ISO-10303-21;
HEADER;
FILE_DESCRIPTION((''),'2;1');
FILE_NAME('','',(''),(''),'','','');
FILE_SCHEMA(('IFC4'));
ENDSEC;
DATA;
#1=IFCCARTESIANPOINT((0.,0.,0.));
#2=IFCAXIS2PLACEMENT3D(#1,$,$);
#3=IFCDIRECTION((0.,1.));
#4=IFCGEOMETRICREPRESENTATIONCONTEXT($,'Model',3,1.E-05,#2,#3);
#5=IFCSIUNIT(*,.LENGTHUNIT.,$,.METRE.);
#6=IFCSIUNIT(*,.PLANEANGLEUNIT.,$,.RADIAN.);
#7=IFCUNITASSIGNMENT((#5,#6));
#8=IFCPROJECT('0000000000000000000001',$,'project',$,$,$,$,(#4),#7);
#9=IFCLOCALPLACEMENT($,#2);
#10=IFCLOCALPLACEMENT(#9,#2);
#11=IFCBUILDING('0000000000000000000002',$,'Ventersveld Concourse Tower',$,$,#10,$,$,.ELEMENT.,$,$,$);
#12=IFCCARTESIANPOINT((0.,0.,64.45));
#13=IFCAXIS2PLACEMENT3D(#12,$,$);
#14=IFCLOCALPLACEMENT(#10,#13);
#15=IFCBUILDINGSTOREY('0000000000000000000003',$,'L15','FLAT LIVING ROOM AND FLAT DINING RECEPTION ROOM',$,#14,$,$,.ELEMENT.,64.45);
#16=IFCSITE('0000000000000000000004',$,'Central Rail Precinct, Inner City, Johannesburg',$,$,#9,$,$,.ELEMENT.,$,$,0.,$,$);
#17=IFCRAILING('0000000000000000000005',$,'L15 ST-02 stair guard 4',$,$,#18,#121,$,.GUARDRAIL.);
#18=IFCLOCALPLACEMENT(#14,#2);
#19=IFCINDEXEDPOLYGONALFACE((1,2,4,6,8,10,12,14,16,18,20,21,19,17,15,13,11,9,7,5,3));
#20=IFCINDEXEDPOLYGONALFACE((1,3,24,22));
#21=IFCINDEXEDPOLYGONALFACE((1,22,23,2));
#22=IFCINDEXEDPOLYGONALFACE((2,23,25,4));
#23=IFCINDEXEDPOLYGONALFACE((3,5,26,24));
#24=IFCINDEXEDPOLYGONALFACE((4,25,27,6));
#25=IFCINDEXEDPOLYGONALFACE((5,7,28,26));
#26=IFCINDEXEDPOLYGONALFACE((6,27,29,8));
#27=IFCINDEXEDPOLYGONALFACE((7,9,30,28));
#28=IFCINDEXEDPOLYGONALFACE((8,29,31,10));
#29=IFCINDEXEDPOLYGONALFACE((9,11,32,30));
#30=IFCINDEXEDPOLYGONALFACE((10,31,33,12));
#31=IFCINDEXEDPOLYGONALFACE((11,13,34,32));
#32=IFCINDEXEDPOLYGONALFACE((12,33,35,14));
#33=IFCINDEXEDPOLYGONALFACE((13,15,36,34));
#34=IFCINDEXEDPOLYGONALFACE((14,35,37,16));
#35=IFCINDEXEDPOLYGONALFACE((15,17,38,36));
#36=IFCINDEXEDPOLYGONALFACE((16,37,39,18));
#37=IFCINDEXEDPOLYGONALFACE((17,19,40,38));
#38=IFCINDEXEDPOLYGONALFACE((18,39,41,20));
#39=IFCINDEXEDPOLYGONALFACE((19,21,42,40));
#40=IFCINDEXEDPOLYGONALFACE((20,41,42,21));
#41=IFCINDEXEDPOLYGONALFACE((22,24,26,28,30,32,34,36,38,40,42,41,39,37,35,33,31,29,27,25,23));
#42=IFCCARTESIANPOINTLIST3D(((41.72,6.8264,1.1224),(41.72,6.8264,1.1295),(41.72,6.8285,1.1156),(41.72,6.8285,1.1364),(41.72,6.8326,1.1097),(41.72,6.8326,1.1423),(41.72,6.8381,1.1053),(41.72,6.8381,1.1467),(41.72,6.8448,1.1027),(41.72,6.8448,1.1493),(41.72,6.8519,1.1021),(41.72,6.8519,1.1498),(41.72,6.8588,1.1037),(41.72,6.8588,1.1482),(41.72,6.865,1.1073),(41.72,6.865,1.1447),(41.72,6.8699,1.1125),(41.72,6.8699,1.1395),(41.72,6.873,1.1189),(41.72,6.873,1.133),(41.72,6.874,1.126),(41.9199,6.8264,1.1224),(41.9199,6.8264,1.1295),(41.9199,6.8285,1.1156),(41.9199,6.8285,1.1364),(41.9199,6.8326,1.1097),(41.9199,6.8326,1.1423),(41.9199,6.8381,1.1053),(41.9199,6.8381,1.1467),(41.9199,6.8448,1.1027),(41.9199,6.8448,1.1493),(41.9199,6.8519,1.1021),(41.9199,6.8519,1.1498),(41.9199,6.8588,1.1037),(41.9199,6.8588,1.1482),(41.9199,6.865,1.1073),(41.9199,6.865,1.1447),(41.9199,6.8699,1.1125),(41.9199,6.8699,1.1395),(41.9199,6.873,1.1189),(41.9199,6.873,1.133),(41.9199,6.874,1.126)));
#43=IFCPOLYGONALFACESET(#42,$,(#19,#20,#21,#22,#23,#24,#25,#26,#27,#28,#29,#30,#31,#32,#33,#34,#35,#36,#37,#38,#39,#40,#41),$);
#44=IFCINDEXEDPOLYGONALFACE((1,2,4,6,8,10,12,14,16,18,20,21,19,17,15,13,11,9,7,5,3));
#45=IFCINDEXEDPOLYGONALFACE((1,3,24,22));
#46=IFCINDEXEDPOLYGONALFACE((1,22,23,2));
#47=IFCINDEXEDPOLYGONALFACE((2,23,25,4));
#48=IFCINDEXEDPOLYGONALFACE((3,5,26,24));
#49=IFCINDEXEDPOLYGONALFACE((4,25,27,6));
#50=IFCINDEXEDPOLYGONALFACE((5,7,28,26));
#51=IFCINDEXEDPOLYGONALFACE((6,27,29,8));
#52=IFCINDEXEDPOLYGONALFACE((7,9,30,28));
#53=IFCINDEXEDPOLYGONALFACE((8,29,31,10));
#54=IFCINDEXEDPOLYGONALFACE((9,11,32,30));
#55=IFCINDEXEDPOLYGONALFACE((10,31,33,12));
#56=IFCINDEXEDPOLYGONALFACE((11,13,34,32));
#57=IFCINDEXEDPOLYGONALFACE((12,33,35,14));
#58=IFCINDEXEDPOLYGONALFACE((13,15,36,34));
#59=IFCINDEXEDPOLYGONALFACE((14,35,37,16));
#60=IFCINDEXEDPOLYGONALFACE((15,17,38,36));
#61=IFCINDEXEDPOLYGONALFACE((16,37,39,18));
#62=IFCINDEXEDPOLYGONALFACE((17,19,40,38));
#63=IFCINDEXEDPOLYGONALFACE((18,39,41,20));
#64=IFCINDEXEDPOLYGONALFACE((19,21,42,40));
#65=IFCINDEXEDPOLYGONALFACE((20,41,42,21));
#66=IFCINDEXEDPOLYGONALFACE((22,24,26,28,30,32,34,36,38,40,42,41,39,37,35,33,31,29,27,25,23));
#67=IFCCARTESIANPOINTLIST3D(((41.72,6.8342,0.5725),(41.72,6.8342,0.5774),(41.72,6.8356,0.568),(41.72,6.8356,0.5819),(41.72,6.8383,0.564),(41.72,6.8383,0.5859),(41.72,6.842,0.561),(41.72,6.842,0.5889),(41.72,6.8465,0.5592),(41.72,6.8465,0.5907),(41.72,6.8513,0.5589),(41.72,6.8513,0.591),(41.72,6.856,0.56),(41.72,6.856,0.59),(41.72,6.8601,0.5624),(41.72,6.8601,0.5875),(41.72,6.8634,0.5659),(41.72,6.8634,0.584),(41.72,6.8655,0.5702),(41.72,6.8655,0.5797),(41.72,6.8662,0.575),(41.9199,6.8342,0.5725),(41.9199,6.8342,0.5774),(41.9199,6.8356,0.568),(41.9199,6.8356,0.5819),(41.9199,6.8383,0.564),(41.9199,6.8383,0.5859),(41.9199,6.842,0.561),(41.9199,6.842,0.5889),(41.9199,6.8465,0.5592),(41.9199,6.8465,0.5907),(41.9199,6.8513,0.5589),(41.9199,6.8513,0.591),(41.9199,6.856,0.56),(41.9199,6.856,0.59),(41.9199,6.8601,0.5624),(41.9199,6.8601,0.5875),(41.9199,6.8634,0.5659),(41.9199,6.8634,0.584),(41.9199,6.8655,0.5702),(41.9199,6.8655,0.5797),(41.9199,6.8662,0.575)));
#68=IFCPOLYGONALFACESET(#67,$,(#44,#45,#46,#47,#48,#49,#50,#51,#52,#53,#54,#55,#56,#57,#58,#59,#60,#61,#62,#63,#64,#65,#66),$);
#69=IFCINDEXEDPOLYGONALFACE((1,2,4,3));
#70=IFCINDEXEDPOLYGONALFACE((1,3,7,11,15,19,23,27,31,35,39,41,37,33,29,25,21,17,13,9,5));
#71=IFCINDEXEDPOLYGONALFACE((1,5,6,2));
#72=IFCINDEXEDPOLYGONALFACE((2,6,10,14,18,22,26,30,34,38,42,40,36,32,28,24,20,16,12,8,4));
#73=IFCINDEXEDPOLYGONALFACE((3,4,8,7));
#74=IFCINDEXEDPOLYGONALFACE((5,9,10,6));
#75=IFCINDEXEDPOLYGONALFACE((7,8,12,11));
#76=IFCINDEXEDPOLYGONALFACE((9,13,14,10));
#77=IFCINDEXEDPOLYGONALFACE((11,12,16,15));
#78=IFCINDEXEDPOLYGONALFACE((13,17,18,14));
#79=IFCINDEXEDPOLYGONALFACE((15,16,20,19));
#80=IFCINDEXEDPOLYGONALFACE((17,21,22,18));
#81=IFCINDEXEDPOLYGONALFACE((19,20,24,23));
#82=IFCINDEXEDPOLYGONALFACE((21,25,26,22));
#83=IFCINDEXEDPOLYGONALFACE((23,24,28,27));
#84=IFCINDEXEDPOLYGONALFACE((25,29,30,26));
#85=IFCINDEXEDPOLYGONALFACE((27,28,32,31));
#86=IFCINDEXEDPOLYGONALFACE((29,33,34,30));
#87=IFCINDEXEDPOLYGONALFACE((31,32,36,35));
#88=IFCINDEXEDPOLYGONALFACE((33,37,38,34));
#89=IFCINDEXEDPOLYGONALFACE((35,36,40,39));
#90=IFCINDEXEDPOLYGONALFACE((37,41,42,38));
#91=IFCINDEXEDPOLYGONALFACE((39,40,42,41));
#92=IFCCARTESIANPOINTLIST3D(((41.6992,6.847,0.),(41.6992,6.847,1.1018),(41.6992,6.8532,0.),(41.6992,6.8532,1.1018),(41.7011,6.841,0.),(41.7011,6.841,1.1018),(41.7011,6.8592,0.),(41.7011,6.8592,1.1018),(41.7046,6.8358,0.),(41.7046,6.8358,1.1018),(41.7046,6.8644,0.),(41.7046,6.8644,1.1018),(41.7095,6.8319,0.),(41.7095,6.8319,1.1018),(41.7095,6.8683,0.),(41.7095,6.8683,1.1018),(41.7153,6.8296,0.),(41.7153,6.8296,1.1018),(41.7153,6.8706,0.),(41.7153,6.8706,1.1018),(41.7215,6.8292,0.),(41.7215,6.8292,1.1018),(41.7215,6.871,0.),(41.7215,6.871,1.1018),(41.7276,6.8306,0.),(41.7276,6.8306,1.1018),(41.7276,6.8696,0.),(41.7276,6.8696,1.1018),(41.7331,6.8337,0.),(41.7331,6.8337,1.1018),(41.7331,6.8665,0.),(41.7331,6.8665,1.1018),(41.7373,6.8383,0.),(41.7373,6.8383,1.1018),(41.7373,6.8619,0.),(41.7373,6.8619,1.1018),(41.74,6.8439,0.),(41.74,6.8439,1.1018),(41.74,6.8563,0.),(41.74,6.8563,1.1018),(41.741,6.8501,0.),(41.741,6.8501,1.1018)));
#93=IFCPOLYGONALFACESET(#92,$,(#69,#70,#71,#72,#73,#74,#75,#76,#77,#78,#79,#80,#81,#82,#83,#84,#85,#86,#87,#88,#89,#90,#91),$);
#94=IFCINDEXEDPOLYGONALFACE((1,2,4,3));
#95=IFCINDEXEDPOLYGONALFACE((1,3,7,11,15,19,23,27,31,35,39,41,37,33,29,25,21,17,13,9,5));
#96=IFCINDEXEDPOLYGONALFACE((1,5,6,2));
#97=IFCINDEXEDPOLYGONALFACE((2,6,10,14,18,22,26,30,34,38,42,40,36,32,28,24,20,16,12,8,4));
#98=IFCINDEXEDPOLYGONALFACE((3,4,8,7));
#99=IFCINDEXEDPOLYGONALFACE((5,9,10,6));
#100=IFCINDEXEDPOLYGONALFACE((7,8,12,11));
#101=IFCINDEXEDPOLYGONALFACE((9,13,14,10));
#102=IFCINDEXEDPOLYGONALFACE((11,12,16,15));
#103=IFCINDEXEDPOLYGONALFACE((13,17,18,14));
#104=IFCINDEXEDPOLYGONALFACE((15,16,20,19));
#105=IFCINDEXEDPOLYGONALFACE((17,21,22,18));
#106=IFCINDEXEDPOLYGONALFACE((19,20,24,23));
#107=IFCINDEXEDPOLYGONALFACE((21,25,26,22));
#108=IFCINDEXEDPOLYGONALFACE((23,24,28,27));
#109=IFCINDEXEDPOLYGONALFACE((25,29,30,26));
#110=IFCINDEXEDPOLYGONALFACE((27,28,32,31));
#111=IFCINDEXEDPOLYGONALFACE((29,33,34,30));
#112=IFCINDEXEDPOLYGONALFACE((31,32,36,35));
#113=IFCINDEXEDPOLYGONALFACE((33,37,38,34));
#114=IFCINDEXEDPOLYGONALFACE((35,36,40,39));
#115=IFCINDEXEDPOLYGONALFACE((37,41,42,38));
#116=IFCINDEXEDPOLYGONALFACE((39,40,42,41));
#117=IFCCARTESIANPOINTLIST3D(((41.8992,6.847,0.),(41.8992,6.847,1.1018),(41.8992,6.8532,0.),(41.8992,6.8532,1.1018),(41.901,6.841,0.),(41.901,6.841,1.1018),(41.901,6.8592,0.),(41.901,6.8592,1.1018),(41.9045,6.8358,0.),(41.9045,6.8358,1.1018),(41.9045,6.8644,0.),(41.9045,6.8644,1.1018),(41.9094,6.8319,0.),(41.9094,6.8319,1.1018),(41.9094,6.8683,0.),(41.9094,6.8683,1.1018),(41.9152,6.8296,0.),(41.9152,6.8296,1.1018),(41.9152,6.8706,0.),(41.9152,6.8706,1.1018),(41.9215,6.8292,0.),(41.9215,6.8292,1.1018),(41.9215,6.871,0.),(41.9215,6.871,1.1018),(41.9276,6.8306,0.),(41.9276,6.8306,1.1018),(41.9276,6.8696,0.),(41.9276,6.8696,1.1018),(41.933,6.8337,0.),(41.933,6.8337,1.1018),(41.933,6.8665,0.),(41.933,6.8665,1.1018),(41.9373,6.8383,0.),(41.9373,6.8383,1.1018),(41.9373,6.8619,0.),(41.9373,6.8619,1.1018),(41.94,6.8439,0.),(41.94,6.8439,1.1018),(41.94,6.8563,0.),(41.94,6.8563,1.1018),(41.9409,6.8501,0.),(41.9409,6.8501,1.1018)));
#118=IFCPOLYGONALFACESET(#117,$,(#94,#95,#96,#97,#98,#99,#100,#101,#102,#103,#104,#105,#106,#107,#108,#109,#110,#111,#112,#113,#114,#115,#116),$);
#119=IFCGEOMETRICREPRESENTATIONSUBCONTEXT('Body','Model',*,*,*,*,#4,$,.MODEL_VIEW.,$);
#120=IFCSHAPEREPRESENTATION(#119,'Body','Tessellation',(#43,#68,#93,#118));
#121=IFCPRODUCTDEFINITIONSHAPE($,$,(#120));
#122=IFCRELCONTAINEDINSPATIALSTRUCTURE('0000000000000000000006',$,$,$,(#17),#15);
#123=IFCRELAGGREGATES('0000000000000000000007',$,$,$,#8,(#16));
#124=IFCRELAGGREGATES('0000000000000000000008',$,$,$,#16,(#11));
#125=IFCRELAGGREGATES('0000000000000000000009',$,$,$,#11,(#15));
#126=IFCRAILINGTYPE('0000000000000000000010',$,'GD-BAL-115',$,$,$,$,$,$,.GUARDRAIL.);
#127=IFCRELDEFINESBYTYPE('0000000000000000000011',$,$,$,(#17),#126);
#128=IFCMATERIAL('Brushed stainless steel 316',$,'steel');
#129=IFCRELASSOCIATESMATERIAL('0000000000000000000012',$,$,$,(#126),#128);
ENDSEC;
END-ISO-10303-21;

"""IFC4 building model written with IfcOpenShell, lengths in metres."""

from ifc_helpers import new_model, si_unit, direction, frame, origin, origin_2d, place, context, subcontext, project, spatial, circle, extrude, material, type_object, element, save


model = new_model("IFC4")

# Units and contexts
model_context = context("Model", 3, precision=1e-05, world=origin(), true_north=direction((0.0, 1.0)))
body_context = subcontext(model_context, "Body", "Model", "MODEL_VIEW")
ifc_project = project(units=[si_unit("LENGTHUNIT", "METRE"), si_unit("PLANEANGLEUNIT", "RADIAN")], contexts=[model_context])

# Site, building, storey
site_placement = place(None, origin())
site = spatial("IfcSite", under=ifc_project, at=site_placement, Name="Central Rail Precinct, Inner City, Johannesburg", CompositionType="ELEMENT", RefElevation=0.0)
building_placement = place(site_placement, origin())
building = spatial("IfcBuilding", under=site, at=building_placement, Name="Ventersveld Concourse Tower", CompositionType="ELEMENT")
storey_placement = place(building_placement, frame((0.0, 0.0, 64.45)))
storey = spatial("IfcBuildingStorey", under=building, at=storey_placement, Name="L15", Description="FLAT LIVING ROOM AND FLAT DINING RECEPTION ROOM", CompositionType="ELEMENT", Elevation=64.45)

# Railing
ifc_material_1 = material(Name="Brushed stainless steel 316", Category="steel")
railing_type = type_object("IfcRailingType", Name="GD-BAL-115", PredefinedType="GUARDRAIL", material=ifc_material_1)
railing_1_placement = place(storey_placement, frame((41.72, 6.8501, 0.0)))
element("IfcRailing", 1, at=railing_1_placement, inside=storey, type_object=railing_type, Name="L15 ST-02 stair guard 4", PredefinedType="GUARDRAIL", context=body_context, shape_type="SweptSolid", body=[
    extrude(circle(Radius=0.0239, at=origin_2d()), frame((0.0, 0.0, 1.126), z_axis=(1.0, 0.0, 0.0), x_axis=(0.0, 1.0, 0.0)), (0.0, 0.0, 1.0), 0.2),
    extrude(circle(Radius=0.0161, at=origin_2d()), frame((0.0, 0.0, 0.575), z_axis=(1.0, 0.0, 0.0), x_axis=(0.0, 1.0, 0.0)), (0.0, 0.0, 1.0), 0.2),
    extrude(circle(Radius=0.021, at=origin_2d()), origin(), (0.0, 0.0, 1.0), 1.1018),
    extrude(circle(Radius=0.021, at=origin_2d()), frame((0.2, 0.0, 0.0)), (0.0, 0.0, 1.0), 1.1018),
])

save(model, "model.ifc")
